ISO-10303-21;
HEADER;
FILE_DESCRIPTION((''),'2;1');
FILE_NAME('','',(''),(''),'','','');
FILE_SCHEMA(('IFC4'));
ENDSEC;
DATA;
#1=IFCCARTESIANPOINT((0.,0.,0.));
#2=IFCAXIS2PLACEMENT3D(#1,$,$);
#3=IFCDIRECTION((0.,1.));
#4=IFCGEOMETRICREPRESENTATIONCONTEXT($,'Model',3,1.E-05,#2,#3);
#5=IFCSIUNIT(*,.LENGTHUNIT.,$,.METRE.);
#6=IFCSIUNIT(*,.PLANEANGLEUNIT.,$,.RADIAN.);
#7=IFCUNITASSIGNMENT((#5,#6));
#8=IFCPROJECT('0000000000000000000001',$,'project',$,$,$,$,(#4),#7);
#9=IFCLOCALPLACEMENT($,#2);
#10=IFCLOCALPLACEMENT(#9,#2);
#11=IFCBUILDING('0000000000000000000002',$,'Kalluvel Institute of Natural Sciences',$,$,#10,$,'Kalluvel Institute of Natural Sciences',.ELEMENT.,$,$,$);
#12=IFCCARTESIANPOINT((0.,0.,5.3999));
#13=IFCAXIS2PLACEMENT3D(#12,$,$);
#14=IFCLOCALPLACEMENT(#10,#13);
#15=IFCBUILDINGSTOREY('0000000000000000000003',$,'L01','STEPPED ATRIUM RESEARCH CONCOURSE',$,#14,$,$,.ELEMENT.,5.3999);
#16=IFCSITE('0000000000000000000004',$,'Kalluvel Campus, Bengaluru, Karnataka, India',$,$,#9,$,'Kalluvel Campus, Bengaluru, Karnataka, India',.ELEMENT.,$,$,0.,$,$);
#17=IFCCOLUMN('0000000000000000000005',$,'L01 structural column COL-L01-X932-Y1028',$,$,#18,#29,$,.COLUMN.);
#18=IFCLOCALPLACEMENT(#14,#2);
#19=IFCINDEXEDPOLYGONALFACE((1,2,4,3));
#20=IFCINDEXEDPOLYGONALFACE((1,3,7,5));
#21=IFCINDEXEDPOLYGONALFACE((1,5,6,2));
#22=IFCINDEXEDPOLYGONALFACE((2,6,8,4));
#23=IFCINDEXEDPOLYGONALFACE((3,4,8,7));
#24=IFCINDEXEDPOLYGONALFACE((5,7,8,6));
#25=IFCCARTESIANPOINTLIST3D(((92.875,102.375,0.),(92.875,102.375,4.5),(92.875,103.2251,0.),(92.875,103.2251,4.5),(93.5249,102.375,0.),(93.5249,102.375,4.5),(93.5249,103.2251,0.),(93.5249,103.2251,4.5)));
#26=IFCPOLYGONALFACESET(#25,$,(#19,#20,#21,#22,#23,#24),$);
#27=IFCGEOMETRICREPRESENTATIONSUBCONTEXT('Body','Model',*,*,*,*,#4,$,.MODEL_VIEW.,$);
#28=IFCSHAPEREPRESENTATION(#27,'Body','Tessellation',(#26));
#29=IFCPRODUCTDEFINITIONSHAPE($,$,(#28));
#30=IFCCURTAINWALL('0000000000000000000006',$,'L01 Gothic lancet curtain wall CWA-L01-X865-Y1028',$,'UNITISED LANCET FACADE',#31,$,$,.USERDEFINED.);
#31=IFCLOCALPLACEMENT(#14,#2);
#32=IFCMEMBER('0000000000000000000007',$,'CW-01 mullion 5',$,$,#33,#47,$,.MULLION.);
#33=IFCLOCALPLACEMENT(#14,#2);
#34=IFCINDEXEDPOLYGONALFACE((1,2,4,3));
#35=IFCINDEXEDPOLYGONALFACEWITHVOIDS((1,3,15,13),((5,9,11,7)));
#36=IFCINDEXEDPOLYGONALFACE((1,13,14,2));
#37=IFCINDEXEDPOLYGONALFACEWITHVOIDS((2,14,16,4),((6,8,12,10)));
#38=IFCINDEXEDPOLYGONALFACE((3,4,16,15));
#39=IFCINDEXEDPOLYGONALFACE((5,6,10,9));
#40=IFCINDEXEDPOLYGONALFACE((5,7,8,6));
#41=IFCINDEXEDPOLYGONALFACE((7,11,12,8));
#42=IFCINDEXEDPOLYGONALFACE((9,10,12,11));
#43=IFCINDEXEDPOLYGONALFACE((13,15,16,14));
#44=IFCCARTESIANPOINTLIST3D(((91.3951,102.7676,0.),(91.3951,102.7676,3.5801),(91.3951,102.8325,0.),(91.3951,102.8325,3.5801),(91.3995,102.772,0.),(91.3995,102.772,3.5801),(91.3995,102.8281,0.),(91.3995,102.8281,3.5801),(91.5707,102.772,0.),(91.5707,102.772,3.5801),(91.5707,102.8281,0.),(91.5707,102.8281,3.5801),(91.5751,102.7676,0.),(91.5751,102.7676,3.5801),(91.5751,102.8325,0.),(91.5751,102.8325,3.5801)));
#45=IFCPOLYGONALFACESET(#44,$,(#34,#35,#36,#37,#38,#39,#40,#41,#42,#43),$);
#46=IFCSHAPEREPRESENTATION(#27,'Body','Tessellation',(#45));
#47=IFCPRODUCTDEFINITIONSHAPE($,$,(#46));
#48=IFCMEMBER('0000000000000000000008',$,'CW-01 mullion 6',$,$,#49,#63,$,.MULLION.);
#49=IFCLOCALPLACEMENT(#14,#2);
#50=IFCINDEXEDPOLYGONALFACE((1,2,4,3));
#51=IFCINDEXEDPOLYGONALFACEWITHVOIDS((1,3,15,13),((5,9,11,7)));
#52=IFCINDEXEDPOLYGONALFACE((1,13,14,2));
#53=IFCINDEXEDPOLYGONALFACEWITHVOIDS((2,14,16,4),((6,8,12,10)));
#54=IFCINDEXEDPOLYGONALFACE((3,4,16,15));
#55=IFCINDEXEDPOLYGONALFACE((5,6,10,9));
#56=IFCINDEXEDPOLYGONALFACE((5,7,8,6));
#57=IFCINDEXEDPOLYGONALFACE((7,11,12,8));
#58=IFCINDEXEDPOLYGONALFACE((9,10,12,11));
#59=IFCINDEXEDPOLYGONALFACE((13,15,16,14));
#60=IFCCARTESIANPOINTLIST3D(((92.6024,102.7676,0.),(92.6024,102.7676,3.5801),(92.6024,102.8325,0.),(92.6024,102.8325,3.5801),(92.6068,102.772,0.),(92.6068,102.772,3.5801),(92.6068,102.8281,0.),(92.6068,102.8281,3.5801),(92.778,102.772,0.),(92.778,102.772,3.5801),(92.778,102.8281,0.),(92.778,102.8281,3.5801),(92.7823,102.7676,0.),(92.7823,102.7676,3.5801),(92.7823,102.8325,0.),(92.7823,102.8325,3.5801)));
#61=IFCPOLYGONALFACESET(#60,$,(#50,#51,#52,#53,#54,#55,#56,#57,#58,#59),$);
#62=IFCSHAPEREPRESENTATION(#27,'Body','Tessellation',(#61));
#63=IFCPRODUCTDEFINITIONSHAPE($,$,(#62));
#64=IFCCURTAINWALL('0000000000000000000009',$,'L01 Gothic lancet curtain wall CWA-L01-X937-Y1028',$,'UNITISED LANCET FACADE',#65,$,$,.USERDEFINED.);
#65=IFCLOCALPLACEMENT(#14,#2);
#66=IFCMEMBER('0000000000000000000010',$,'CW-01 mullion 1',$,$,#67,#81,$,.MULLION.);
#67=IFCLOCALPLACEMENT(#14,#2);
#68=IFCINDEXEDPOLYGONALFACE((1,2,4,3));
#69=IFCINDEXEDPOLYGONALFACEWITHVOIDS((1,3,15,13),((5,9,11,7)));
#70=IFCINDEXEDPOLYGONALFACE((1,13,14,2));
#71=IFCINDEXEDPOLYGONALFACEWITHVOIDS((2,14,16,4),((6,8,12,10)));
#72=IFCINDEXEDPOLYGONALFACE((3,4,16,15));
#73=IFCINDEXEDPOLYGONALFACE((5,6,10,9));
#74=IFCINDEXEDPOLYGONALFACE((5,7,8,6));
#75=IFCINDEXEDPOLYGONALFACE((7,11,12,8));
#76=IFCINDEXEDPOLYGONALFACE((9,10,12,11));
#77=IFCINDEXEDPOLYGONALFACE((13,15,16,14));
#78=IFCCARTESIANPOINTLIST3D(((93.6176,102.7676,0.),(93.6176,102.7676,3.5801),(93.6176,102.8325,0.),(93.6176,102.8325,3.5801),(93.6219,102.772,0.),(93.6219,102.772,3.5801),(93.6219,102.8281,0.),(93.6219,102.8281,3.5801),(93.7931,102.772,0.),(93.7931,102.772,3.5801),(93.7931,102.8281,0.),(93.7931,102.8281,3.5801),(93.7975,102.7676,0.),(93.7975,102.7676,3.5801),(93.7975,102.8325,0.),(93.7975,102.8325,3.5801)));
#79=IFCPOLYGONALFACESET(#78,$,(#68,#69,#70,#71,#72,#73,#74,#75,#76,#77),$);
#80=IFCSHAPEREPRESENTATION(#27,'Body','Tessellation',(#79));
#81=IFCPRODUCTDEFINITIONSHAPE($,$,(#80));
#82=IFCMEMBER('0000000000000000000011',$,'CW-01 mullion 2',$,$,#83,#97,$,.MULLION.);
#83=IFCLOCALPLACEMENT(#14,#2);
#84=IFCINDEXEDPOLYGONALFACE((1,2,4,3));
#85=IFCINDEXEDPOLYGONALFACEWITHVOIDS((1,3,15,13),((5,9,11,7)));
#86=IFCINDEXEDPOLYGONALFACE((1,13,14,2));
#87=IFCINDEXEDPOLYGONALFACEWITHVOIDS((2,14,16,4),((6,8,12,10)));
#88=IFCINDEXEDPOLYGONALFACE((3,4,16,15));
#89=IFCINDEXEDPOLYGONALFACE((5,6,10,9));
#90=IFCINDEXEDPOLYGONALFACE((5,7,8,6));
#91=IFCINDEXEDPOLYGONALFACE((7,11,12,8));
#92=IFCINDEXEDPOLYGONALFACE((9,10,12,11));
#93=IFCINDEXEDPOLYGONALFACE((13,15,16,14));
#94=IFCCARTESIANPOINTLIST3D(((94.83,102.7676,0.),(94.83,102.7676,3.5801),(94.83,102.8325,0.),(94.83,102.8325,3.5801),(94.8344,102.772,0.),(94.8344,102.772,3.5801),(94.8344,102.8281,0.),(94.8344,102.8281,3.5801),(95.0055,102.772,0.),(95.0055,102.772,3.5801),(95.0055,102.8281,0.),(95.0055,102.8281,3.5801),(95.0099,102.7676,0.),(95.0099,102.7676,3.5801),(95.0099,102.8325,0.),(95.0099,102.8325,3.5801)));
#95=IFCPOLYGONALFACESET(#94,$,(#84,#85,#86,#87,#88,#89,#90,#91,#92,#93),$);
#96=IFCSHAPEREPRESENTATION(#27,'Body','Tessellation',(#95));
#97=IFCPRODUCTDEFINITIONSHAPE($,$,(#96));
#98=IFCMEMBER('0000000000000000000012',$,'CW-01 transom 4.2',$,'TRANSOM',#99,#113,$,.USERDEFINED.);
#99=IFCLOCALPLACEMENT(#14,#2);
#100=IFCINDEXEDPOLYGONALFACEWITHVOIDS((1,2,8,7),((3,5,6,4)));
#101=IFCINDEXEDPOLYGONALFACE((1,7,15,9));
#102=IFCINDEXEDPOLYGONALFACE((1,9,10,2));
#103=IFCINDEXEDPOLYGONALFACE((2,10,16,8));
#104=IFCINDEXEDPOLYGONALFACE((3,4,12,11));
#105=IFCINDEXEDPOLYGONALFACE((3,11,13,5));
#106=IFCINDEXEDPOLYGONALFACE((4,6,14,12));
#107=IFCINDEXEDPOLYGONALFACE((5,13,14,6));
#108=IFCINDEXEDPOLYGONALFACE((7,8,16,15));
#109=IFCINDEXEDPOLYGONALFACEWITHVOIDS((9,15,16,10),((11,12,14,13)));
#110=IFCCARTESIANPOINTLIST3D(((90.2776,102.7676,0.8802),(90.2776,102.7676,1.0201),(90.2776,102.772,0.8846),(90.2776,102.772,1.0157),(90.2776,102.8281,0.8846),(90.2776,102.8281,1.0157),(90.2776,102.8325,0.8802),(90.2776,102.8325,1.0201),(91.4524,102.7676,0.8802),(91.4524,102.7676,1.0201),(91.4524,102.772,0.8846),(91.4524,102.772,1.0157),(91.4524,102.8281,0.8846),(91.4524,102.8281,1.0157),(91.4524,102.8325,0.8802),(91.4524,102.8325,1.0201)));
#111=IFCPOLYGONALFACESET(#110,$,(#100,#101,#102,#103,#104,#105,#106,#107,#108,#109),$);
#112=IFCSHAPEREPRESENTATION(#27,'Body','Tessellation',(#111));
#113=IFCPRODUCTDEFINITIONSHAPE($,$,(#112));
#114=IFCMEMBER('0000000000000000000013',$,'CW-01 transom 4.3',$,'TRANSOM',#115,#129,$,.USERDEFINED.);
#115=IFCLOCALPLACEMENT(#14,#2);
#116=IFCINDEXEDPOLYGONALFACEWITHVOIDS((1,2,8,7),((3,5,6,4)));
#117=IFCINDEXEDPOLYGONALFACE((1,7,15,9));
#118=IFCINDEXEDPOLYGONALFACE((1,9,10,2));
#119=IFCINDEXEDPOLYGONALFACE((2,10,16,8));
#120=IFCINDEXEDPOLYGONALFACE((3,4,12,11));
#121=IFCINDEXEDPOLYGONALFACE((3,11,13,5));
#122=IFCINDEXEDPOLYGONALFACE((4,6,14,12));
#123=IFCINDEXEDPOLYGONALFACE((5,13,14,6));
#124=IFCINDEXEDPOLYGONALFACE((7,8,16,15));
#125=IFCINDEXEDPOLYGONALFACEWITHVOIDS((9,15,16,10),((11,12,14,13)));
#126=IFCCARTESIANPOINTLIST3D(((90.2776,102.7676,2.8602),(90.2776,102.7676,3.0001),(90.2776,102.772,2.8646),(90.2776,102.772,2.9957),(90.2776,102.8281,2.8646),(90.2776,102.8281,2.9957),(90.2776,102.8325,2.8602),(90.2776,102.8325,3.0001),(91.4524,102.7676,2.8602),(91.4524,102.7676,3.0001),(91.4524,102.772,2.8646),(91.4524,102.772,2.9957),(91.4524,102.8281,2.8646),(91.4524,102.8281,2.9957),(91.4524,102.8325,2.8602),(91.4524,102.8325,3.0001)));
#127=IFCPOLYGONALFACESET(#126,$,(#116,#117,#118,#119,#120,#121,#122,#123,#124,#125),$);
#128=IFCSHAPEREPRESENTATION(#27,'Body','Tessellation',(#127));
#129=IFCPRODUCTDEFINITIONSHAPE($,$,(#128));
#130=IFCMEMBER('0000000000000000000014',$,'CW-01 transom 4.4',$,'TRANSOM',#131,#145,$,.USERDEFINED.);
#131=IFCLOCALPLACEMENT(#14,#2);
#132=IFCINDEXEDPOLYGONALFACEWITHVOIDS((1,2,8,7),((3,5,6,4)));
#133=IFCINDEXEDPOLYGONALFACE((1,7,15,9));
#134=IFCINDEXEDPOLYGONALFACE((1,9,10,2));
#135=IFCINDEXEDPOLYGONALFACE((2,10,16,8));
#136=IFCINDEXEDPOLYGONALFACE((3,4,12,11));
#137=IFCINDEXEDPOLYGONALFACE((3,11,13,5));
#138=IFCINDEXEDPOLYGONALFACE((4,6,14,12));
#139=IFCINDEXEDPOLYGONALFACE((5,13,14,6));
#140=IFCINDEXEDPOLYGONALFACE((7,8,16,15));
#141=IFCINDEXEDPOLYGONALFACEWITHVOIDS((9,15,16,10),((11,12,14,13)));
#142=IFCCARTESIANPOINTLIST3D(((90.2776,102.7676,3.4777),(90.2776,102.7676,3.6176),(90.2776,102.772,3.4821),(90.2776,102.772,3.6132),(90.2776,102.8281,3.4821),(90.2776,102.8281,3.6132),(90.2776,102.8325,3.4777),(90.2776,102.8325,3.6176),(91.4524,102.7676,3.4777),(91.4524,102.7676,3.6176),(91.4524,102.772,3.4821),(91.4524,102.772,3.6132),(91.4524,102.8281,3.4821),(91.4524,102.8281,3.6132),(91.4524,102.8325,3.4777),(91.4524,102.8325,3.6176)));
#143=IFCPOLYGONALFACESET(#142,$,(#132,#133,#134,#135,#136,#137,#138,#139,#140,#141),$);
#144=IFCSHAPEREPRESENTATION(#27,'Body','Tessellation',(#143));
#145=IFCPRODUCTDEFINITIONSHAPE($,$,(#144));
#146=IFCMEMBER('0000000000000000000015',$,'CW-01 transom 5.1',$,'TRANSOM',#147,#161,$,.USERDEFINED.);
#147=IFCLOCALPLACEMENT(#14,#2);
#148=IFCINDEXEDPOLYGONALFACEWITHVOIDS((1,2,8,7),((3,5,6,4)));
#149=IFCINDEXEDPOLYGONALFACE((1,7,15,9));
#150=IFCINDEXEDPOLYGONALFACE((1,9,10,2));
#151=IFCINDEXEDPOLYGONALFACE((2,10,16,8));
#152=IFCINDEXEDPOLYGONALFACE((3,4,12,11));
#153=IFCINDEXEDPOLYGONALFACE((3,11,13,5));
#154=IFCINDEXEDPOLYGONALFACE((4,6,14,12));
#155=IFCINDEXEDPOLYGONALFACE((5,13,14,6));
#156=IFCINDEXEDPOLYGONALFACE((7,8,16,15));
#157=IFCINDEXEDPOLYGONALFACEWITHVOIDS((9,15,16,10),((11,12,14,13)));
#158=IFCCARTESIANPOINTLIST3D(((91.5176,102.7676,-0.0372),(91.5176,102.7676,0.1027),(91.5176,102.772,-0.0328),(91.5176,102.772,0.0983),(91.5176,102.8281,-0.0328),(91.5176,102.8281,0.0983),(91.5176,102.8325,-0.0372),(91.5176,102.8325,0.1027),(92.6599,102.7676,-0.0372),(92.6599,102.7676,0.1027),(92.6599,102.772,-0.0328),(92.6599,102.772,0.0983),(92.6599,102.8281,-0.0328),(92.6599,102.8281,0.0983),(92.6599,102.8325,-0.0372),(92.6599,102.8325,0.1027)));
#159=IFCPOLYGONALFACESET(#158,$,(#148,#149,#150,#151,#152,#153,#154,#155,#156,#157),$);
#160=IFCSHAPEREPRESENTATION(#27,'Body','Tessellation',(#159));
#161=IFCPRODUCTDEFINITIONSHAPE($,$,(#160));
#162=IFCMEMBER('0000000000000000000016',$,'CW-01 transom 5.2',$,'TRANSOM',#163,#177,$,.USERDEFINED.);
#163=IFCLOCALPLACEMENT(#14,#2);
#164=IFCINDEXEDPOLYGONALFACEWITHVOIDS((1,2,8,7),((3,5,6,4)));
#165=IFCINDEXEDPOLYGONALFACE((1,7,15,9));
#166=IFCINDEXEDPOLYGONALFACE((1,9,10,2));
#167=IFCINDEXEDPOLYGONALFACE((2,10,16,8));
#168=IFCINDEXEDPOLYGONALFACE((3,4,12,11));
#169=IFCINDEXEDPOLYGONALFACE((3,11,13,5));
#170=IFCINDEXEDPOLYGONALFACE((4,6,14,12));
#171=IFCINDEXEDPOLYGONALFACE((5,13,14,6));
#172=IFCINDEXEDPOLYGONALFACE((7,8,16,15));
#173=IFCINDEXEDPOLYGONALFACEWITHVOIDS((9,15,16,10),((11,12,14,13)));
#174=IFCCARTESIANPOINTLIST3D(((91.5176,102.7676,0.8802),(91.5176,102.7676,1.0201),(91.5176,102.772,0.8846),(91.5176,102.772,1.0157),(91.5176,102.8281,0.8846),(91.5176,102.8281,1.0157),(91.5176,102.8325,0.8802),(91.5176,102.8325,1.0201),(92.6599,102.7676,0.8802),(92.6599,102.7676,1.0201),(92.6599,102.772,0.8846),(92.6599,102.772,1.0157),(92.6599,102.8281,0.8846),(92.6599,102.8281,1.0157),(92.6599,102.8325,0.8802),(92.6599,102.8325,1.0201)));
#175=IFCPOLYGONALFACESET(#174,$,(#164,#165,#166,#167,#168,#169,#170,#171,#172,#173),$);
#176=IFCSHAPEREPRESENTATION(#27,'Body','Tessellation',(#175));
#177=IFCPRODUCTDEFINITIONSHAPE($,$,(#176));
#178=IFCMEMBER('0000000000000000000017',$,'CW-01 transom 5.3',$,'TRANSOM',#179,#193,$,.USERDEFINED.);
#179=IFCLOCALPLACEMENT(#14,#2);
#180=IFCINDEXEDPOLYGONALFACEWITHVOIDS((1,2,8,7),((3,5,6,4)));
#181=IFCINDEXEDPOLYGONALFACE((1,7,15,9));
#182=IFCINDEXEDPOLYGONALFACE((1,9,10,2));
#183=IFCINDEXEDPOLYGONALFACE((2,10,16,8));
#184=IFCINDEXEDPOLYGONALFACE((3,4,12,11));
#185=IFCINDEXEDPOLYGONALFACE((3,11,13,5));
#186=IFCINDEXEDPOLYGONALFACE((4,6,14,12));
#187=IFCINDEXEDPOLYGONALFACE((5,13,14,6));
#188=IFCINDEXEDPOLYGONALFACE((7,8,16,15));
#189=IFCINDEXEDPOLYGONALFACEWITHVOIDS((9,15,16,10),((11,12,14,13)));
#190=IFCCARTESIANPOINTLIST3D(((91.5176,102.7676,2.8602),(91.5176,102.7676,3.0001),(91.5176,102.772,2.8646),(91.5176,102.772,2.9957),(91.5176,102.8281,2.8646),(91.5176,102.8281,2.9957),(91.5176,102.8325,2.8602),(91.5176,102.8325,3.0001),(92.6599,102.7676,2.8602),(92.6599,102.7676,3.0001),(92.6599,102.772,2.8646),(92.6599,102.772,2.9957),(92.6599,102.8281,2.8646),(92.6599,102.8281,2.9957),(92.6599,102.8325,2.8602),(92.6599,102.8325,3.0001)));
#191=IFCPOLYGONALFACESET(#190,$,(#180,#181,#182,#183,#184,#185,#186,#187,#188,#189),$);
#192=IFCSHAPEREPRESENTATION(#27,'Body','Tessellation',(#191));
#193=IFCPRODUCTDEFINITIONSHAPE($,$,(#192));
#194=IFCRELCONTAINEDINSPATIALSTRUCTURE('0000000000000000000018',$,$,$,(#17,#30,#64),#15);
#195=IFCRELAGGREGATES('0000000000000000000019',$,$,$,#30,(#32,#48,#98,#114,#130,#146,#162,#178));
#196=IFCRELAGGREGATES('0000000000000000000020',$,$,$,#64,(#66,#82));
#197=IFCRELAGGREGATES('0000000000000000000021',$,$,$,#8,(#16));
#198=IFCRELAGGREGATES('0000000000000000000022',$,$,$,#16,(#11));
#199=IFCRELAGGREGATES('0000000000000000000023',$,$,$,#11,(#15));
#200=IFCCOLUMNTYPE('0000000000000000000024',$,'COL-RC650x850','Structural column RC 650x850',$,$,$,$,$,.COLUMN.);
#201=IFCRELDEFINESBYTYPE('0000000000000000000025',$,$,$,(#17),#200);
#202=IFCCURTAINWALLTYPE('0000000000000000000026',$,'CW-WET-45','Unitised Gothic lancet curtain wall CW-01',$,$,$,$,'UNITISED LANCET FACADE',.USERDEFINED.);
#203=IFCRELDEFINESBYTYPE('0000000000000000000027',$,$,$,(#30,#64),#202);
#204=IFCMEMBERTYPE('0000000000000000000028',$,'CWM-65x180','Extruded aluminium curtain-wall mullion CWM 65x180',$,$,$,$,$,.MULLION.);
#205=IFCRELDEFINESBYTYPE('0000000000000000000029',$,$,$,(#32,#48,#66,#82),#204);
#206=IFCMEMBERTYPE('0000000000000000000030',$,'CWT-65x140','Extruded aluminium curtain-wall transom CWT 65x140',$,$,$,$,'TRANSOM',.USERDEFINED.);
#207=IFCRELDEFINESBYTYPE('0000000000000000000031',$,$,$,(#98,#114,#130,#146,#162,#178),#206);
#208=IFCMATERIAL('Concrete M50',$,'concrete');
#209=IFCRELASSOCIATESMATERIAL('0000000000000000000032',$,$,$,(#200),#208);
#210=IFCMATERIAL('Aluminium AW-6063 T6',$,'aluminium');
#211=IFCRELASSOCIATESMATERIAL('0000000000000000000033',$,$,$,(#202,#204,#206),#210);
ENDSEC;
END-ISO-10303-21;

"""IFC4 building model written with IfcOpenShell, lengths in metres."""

from ifc_helpers import new_model, si_unit, direction, frame, origin, origin_2d, place, context, subcontext, project, spatial, rectangle, hollow_rectangle, extrude, material, material_profile, profile_set, type_object, element, aggregate, save


model = new_model("IFC4")

# Units and contexts
model_context = context("Model", 3, precision=1e-05, world=origin(), true_north=direction((0.0, 1.0)))
body_context = subcontext(model_context, "Body", "Model", "MODEL_VIEW")
ifc_project = project(units=[si_unit("LENGTHUNIT", "METRE"), si_unit("PLANEANGLEUNIT", "RADIAN")], contexts=[model_context])

# Site, building, storey
site_placement = place(None, origin())
site = spatial("IfcSite", under=ifc_project, at=site_placement, Name="Kalluvel Campus, Bengaluru, Karnataka, India", LongName="Kalluvel Campus, Bengaluru, Karnataka, India", CompositionType="ELEMENT", RefElevation=0.0)
building_placement = place(site_placement, origin())
building = spatial("IfcBuilding", under=site, at=building_placement, Name="Kalluvel Institute of Natural Sciences", LongName="Kalluvel Institute of Natural Sciences", CompositionType="ELEMENT")
storey_placement = place(building_placement, frame((0.0, 0.0, 5.3999)))
storey = spatial("IfcBuildingStorey", under=building, at=storey_placement, Name="L01", Description="STEPPED ATRIUM RESEARCH CONCOURSE", CompositionType="ELEMENT", Elevation=5.3999)

# Column
ifc_material_1 = material(Name="Concrete M50", Category="concrete")
ifc_material_profile_1 = material_profile(ifc_material_1, rectangle(XDim=0.6499, YDim=0.8501, at=origin_2d()), Name="RC 650x850")
ifc_profile_set_1 = profile_set([ifc_material_profile_1], Name="Concrete M50")
column_type = type_object("IfcColumnType", Name="COL-RC650x850", Description="Structural column RC 650x850", PredefinedType="COLUMN", material=ifc_profile_set_1)
column_placement = place(storey_placement, frame((93.2, 102.8, 0.0), z_axis=(0.0, 0.0, 1.0), x_axis=(1.0, 0.0, 0.0)))
element("IfcColumn", 1, at=column_placement, inside=storey, type_object=column_type, Name="L01 structural column COL-L01-X932-Y1028", PredefinedType="COLUMN", context=body_context, shape_type="SweptSolid", body=[
    extrude(rectangle(XDim=0.6499, YDim=0.8501, at=origin_2d()), origin(), (0.0, 0.0, 1.0), 4.5),
])

# Curtain walls, members
ifc_material_2 = material(Name="Aluminium AW-6063 T6", Category="aluminium")
curtain_wall_type = type_object("IfcCurtainWallType", Name="CW-WET-45", Description="Unitised Gothic lancet curtain wall CW-01", ElementType="UNITISED LANCET FACADE", PredefinedType="USERDEFINED", material=ifc_material_2)
curtain_wall_1_placement = place(storey_placement, origin())
curtain_wall_1 = element("IfcCurtainWall", 2, at=curtain_wall_1_placement, inside=storey, type_object=curtain_wall_type, Name="L01 Gothic lancet curtain wall CWA-L01-X865-Y1028", ObjectType="UNITISED LANCET FACADE", PredefinedType="USERDEFINED")
ifc_material_profile_2 = material_profile(ifc_material_2, hollow_rectangle(XDim=0.0649, YDim=0.1799, WallThickness=0.0044, at=origin_2d()), Name="CWM 65x180")
ifc_profile_set_2 = profile_set([ifc_material_profile_2], Name="Aluminium AW-6063 T6")
member_type_1 = type_object("IfcMemberType", Name="CWM-65x180", Description="Extruded aluminium curtain-wall mullion CWM 65x180", PredefinedType="MULLION", material=ifc_profile_set_2)
member_1_placement = place(storey_placement, frame((91.4851, 102.8, 0.0), z_axis=(0.0, 0.0, 1.0), x_axis=(0.0, 1.0, 0.0)))
member_1 = element("IfcMember", 3, at=member_1_placement, type_object=member_type_1, Name="CW-01 mullion 5", PredefinedType="MULLION", context=body_context, shape_type="SweptSolid", body=[
    extrude(hollow_rectangle(XDim=0.0649, YDim=0.1799, WallThickness=0.0044, at=origin_2d()), origin(), (0.0, 0.0, 1.0), 3.5801),
])
member_2_placement = place(storey_placement, frame((92.6924, 102.8, 0.0), z_axis=(0.0, 0.0, 1.0), x_axis=(0.0, 1.0, 0.0)))
member_2 = element("IfcMember", 4, at=member_2_placement, type_object=member_type_1, Name="CW-01 mullion 6", PredefinedType="MULLION", context=body_context, shape_type="SweptSolid", body=[
    extrude(hollow_rectangle(XDim=0.0649, YDim=0.1799, WallThickness=0.0044, at=origin_2d()), origin(), (0.0, 0.0, 1.0), 3.5801),
])
curtain_wall_2_placement = place(storey_placement, origin())
curtain_wall_2 = element("IfcCurtainWall", 5, at=curtain_wall_2_placement, inside=storey, type_object=curtain_wall_type, Name="L01 Gothic lancet curtain wall CWA-L01-X937-Y1028", ObjectType="UNITISED LANCET FACADE", PredefinedType="USERDEFINED")
member_3_placement = place(storey_placement, frame((93.7075, 102.8, 0.0), z_axis=(0.0, 0.0, 1.0), x_axis=(0.0, 1.0, 0.0)))
member_3 = element("IfcMember", 6, at=member_3_placement, type_object=member_type_1, Name="CW-01 mullion 1", PredefinedType="MULLION", context=body_context, shape_type="SweptSolid", body=[
    extrude(hollow_rectangle(XDim=0.0649, YDim=0.1799, WallThickness=0.0044, at=origin_2d()), origin(), (0.0, 0.0, 1.0), 3.5801),
])
member_4_placement = place(storey_placement, frame((94.9199, 102.8, 0.0), z_axis=(0.0, 0.0, 1.0), x_axis=(0.0, 1.0, 0.0)))
member_4 = element("IfcMember", 7, at=member_4_placement, type_object=member_type_1, Name="CW-01 mullion 2", PredefinedType="MULLION", context=body_context, shape_type="SweptSolid", body=[
    extrude(hollow_rectangle(XDim=0.0649, YDim=0.1799, WallThickness=0.0044, at=origin_2d()), origin(), (0.0, 0.0, 1.0), 3.5801),
])

# Members
ifc_material_profile_3 = material_profile(ifc_material_2, hollow_rectangle(XDim=0.0649, YDim=0.1399, WallThickness=0.0044, at=origin_2d()), Name="CWT 65x140")
ifc_profile_set_3 = profile_set([ifc_material_profile_3], Name="Aluminium AW-6063 T6")
member_type_2 = type_object("IfcMemberType", Name="CWT-65x140", Description="Extruded aluminium curtain-wall transom CWT 65x140", ElementType="TRANSOM", PredefinedType="USERDEFINED", material=ifc_profile_set_3)
member_5_placement = place(storey_placement, frame((90.2776, 102.8, 0.9502), z_axis=(1.0, 0.0, 0.0), x_axis=(0.0, 1.0, 0.0)))
member_5 = element("IfcMember", 8, at=member_5_placement, type_object=member_type_2, Name="CW-01 transom 4.2", ObjectType="TRANSOM", PredefinedType="USERDEFINED", context=body_context, shape_type="SweptSolid", body=[
    extrude(hollow_rectangle(XDim=0.0649, YDim=0.1399, WallThickness=0.0044, at=origin_2d()), origin(), (0.0, 0.0, 1.0), 1.1748),
])
member_6_placement = place(storey_placement, frame((90.2776, 102.8, 2.9302), z_axis=(1.0, 0.0, 0.0), x_axis=(0.0, 1.0, 0.0)))
member_6 = element("IfcMember", 9, at=member_6_placement, type_object=member_type_2, Name="CW-01 transom 4.3", ObjectType="TRANSOM", PredefinedType="USERDEFINED", context=body_context, shape_type="SweptSolid", body=[
    extrude(hollow_rectangle(XDim=0.0649, YDim=0.1399, WallThickness=0.0044, at=origin_2d()), origin(), (0.0, 0.0, 1.0), 1.1748),
])
member_7_placement = place(storey_placement, frame((90.2776, 102.8, 3.5476), z_axis=(1.0, 0.0, 0.0), x_axis=(0.0, 1.0, 0.0)))
member_7 = element("IfcMember", 10, at=member_7_placement, type_object=member_type_2, Name="CW-01 transom 4.4", ObjectType="TRANSOM", PredefinedType="USERDEFINED", context=body_context, shape_type="SweptSolid", body=[
    extrude(hollow_rectangle(XDim=0.0649, YDim=0.1399, WallThickness=0.0044, at=origin_2d()), origin(), (0.0, 0.0, 1.0), 1.1748),
])
member_8_placement = place(storey_placement, frame((91.5176, 102.8, 0.0327), z_axis=(1.0, 0.0, 0.0), x_axis=(0.0, 1.0, 0.0)))
member_8 = element("IfcMember", 11, at=member_8_placement, type_object=member_type_2, Name="CW-01 transom 5.1", ObjectType="TRANSOM", PredefinedType="USERDEFINED", context=body_context, shape_type="SweptSolid", body=[
    extrude(hollow_rectangle(XDim=0.0649, YDim=0.1399, WallThickness=0.0044, at=origin_2d()), origin(), (0.0, 0.0, 1.0), 1.1423),
])
member_9_placement = place(storey_placement, frame((91.5176, 102.8, 0.9502), z_axis=(1.0, 0.0, 0.0), x_axis=(0.0, 1.0, 0.0)))
member_9 = element("IfcMember", 12, at=member_9_placement, type_object=member_type_2, Name="CW-01 transom 5.2", ObjectType="TRANSOM", PredefinedType="USERDEFINED", context=body_context, shape_type="SweptSolid", body=[
    extrude(hollow_rectangle(XDim=0.0649, YDim=0.1399, WallThickness=0.0044, at=origin_2d()), origin(), (0.0, 0.0, 1.0), 1.1423),
])
member_10_placement = place(storey_placement, frame((91.5176, 102.8, 2.9302), z_axis=(1.0, 0.0, 0.0), x_axis=(0.0, 1.0, 0.0)))
member_10 = element("IfcMember", 13, at=member_10_placement, type_object=member_type_2, Name="CW-01 transom 5.3", ObjectType="TRANSOM", PredefinedType="USERDEFINED", context=body_context, shape_type="SweptSolid", body=[
    extrude(hollow_rectangle(XDim=0.0649, YDim=0.1399, WallThickness=0.0044, at=origin_2d()), origin(), (0.0, 0.0, 1.0), 1.1423),
])

aggregate(curtain_wall_1, [member_1, member_2, member_5, member_6, member_7, member_8, member_9, member_10])
aggregate(curtain_wall_2, [member_3, member_4])

save(model, "model.ifc")
